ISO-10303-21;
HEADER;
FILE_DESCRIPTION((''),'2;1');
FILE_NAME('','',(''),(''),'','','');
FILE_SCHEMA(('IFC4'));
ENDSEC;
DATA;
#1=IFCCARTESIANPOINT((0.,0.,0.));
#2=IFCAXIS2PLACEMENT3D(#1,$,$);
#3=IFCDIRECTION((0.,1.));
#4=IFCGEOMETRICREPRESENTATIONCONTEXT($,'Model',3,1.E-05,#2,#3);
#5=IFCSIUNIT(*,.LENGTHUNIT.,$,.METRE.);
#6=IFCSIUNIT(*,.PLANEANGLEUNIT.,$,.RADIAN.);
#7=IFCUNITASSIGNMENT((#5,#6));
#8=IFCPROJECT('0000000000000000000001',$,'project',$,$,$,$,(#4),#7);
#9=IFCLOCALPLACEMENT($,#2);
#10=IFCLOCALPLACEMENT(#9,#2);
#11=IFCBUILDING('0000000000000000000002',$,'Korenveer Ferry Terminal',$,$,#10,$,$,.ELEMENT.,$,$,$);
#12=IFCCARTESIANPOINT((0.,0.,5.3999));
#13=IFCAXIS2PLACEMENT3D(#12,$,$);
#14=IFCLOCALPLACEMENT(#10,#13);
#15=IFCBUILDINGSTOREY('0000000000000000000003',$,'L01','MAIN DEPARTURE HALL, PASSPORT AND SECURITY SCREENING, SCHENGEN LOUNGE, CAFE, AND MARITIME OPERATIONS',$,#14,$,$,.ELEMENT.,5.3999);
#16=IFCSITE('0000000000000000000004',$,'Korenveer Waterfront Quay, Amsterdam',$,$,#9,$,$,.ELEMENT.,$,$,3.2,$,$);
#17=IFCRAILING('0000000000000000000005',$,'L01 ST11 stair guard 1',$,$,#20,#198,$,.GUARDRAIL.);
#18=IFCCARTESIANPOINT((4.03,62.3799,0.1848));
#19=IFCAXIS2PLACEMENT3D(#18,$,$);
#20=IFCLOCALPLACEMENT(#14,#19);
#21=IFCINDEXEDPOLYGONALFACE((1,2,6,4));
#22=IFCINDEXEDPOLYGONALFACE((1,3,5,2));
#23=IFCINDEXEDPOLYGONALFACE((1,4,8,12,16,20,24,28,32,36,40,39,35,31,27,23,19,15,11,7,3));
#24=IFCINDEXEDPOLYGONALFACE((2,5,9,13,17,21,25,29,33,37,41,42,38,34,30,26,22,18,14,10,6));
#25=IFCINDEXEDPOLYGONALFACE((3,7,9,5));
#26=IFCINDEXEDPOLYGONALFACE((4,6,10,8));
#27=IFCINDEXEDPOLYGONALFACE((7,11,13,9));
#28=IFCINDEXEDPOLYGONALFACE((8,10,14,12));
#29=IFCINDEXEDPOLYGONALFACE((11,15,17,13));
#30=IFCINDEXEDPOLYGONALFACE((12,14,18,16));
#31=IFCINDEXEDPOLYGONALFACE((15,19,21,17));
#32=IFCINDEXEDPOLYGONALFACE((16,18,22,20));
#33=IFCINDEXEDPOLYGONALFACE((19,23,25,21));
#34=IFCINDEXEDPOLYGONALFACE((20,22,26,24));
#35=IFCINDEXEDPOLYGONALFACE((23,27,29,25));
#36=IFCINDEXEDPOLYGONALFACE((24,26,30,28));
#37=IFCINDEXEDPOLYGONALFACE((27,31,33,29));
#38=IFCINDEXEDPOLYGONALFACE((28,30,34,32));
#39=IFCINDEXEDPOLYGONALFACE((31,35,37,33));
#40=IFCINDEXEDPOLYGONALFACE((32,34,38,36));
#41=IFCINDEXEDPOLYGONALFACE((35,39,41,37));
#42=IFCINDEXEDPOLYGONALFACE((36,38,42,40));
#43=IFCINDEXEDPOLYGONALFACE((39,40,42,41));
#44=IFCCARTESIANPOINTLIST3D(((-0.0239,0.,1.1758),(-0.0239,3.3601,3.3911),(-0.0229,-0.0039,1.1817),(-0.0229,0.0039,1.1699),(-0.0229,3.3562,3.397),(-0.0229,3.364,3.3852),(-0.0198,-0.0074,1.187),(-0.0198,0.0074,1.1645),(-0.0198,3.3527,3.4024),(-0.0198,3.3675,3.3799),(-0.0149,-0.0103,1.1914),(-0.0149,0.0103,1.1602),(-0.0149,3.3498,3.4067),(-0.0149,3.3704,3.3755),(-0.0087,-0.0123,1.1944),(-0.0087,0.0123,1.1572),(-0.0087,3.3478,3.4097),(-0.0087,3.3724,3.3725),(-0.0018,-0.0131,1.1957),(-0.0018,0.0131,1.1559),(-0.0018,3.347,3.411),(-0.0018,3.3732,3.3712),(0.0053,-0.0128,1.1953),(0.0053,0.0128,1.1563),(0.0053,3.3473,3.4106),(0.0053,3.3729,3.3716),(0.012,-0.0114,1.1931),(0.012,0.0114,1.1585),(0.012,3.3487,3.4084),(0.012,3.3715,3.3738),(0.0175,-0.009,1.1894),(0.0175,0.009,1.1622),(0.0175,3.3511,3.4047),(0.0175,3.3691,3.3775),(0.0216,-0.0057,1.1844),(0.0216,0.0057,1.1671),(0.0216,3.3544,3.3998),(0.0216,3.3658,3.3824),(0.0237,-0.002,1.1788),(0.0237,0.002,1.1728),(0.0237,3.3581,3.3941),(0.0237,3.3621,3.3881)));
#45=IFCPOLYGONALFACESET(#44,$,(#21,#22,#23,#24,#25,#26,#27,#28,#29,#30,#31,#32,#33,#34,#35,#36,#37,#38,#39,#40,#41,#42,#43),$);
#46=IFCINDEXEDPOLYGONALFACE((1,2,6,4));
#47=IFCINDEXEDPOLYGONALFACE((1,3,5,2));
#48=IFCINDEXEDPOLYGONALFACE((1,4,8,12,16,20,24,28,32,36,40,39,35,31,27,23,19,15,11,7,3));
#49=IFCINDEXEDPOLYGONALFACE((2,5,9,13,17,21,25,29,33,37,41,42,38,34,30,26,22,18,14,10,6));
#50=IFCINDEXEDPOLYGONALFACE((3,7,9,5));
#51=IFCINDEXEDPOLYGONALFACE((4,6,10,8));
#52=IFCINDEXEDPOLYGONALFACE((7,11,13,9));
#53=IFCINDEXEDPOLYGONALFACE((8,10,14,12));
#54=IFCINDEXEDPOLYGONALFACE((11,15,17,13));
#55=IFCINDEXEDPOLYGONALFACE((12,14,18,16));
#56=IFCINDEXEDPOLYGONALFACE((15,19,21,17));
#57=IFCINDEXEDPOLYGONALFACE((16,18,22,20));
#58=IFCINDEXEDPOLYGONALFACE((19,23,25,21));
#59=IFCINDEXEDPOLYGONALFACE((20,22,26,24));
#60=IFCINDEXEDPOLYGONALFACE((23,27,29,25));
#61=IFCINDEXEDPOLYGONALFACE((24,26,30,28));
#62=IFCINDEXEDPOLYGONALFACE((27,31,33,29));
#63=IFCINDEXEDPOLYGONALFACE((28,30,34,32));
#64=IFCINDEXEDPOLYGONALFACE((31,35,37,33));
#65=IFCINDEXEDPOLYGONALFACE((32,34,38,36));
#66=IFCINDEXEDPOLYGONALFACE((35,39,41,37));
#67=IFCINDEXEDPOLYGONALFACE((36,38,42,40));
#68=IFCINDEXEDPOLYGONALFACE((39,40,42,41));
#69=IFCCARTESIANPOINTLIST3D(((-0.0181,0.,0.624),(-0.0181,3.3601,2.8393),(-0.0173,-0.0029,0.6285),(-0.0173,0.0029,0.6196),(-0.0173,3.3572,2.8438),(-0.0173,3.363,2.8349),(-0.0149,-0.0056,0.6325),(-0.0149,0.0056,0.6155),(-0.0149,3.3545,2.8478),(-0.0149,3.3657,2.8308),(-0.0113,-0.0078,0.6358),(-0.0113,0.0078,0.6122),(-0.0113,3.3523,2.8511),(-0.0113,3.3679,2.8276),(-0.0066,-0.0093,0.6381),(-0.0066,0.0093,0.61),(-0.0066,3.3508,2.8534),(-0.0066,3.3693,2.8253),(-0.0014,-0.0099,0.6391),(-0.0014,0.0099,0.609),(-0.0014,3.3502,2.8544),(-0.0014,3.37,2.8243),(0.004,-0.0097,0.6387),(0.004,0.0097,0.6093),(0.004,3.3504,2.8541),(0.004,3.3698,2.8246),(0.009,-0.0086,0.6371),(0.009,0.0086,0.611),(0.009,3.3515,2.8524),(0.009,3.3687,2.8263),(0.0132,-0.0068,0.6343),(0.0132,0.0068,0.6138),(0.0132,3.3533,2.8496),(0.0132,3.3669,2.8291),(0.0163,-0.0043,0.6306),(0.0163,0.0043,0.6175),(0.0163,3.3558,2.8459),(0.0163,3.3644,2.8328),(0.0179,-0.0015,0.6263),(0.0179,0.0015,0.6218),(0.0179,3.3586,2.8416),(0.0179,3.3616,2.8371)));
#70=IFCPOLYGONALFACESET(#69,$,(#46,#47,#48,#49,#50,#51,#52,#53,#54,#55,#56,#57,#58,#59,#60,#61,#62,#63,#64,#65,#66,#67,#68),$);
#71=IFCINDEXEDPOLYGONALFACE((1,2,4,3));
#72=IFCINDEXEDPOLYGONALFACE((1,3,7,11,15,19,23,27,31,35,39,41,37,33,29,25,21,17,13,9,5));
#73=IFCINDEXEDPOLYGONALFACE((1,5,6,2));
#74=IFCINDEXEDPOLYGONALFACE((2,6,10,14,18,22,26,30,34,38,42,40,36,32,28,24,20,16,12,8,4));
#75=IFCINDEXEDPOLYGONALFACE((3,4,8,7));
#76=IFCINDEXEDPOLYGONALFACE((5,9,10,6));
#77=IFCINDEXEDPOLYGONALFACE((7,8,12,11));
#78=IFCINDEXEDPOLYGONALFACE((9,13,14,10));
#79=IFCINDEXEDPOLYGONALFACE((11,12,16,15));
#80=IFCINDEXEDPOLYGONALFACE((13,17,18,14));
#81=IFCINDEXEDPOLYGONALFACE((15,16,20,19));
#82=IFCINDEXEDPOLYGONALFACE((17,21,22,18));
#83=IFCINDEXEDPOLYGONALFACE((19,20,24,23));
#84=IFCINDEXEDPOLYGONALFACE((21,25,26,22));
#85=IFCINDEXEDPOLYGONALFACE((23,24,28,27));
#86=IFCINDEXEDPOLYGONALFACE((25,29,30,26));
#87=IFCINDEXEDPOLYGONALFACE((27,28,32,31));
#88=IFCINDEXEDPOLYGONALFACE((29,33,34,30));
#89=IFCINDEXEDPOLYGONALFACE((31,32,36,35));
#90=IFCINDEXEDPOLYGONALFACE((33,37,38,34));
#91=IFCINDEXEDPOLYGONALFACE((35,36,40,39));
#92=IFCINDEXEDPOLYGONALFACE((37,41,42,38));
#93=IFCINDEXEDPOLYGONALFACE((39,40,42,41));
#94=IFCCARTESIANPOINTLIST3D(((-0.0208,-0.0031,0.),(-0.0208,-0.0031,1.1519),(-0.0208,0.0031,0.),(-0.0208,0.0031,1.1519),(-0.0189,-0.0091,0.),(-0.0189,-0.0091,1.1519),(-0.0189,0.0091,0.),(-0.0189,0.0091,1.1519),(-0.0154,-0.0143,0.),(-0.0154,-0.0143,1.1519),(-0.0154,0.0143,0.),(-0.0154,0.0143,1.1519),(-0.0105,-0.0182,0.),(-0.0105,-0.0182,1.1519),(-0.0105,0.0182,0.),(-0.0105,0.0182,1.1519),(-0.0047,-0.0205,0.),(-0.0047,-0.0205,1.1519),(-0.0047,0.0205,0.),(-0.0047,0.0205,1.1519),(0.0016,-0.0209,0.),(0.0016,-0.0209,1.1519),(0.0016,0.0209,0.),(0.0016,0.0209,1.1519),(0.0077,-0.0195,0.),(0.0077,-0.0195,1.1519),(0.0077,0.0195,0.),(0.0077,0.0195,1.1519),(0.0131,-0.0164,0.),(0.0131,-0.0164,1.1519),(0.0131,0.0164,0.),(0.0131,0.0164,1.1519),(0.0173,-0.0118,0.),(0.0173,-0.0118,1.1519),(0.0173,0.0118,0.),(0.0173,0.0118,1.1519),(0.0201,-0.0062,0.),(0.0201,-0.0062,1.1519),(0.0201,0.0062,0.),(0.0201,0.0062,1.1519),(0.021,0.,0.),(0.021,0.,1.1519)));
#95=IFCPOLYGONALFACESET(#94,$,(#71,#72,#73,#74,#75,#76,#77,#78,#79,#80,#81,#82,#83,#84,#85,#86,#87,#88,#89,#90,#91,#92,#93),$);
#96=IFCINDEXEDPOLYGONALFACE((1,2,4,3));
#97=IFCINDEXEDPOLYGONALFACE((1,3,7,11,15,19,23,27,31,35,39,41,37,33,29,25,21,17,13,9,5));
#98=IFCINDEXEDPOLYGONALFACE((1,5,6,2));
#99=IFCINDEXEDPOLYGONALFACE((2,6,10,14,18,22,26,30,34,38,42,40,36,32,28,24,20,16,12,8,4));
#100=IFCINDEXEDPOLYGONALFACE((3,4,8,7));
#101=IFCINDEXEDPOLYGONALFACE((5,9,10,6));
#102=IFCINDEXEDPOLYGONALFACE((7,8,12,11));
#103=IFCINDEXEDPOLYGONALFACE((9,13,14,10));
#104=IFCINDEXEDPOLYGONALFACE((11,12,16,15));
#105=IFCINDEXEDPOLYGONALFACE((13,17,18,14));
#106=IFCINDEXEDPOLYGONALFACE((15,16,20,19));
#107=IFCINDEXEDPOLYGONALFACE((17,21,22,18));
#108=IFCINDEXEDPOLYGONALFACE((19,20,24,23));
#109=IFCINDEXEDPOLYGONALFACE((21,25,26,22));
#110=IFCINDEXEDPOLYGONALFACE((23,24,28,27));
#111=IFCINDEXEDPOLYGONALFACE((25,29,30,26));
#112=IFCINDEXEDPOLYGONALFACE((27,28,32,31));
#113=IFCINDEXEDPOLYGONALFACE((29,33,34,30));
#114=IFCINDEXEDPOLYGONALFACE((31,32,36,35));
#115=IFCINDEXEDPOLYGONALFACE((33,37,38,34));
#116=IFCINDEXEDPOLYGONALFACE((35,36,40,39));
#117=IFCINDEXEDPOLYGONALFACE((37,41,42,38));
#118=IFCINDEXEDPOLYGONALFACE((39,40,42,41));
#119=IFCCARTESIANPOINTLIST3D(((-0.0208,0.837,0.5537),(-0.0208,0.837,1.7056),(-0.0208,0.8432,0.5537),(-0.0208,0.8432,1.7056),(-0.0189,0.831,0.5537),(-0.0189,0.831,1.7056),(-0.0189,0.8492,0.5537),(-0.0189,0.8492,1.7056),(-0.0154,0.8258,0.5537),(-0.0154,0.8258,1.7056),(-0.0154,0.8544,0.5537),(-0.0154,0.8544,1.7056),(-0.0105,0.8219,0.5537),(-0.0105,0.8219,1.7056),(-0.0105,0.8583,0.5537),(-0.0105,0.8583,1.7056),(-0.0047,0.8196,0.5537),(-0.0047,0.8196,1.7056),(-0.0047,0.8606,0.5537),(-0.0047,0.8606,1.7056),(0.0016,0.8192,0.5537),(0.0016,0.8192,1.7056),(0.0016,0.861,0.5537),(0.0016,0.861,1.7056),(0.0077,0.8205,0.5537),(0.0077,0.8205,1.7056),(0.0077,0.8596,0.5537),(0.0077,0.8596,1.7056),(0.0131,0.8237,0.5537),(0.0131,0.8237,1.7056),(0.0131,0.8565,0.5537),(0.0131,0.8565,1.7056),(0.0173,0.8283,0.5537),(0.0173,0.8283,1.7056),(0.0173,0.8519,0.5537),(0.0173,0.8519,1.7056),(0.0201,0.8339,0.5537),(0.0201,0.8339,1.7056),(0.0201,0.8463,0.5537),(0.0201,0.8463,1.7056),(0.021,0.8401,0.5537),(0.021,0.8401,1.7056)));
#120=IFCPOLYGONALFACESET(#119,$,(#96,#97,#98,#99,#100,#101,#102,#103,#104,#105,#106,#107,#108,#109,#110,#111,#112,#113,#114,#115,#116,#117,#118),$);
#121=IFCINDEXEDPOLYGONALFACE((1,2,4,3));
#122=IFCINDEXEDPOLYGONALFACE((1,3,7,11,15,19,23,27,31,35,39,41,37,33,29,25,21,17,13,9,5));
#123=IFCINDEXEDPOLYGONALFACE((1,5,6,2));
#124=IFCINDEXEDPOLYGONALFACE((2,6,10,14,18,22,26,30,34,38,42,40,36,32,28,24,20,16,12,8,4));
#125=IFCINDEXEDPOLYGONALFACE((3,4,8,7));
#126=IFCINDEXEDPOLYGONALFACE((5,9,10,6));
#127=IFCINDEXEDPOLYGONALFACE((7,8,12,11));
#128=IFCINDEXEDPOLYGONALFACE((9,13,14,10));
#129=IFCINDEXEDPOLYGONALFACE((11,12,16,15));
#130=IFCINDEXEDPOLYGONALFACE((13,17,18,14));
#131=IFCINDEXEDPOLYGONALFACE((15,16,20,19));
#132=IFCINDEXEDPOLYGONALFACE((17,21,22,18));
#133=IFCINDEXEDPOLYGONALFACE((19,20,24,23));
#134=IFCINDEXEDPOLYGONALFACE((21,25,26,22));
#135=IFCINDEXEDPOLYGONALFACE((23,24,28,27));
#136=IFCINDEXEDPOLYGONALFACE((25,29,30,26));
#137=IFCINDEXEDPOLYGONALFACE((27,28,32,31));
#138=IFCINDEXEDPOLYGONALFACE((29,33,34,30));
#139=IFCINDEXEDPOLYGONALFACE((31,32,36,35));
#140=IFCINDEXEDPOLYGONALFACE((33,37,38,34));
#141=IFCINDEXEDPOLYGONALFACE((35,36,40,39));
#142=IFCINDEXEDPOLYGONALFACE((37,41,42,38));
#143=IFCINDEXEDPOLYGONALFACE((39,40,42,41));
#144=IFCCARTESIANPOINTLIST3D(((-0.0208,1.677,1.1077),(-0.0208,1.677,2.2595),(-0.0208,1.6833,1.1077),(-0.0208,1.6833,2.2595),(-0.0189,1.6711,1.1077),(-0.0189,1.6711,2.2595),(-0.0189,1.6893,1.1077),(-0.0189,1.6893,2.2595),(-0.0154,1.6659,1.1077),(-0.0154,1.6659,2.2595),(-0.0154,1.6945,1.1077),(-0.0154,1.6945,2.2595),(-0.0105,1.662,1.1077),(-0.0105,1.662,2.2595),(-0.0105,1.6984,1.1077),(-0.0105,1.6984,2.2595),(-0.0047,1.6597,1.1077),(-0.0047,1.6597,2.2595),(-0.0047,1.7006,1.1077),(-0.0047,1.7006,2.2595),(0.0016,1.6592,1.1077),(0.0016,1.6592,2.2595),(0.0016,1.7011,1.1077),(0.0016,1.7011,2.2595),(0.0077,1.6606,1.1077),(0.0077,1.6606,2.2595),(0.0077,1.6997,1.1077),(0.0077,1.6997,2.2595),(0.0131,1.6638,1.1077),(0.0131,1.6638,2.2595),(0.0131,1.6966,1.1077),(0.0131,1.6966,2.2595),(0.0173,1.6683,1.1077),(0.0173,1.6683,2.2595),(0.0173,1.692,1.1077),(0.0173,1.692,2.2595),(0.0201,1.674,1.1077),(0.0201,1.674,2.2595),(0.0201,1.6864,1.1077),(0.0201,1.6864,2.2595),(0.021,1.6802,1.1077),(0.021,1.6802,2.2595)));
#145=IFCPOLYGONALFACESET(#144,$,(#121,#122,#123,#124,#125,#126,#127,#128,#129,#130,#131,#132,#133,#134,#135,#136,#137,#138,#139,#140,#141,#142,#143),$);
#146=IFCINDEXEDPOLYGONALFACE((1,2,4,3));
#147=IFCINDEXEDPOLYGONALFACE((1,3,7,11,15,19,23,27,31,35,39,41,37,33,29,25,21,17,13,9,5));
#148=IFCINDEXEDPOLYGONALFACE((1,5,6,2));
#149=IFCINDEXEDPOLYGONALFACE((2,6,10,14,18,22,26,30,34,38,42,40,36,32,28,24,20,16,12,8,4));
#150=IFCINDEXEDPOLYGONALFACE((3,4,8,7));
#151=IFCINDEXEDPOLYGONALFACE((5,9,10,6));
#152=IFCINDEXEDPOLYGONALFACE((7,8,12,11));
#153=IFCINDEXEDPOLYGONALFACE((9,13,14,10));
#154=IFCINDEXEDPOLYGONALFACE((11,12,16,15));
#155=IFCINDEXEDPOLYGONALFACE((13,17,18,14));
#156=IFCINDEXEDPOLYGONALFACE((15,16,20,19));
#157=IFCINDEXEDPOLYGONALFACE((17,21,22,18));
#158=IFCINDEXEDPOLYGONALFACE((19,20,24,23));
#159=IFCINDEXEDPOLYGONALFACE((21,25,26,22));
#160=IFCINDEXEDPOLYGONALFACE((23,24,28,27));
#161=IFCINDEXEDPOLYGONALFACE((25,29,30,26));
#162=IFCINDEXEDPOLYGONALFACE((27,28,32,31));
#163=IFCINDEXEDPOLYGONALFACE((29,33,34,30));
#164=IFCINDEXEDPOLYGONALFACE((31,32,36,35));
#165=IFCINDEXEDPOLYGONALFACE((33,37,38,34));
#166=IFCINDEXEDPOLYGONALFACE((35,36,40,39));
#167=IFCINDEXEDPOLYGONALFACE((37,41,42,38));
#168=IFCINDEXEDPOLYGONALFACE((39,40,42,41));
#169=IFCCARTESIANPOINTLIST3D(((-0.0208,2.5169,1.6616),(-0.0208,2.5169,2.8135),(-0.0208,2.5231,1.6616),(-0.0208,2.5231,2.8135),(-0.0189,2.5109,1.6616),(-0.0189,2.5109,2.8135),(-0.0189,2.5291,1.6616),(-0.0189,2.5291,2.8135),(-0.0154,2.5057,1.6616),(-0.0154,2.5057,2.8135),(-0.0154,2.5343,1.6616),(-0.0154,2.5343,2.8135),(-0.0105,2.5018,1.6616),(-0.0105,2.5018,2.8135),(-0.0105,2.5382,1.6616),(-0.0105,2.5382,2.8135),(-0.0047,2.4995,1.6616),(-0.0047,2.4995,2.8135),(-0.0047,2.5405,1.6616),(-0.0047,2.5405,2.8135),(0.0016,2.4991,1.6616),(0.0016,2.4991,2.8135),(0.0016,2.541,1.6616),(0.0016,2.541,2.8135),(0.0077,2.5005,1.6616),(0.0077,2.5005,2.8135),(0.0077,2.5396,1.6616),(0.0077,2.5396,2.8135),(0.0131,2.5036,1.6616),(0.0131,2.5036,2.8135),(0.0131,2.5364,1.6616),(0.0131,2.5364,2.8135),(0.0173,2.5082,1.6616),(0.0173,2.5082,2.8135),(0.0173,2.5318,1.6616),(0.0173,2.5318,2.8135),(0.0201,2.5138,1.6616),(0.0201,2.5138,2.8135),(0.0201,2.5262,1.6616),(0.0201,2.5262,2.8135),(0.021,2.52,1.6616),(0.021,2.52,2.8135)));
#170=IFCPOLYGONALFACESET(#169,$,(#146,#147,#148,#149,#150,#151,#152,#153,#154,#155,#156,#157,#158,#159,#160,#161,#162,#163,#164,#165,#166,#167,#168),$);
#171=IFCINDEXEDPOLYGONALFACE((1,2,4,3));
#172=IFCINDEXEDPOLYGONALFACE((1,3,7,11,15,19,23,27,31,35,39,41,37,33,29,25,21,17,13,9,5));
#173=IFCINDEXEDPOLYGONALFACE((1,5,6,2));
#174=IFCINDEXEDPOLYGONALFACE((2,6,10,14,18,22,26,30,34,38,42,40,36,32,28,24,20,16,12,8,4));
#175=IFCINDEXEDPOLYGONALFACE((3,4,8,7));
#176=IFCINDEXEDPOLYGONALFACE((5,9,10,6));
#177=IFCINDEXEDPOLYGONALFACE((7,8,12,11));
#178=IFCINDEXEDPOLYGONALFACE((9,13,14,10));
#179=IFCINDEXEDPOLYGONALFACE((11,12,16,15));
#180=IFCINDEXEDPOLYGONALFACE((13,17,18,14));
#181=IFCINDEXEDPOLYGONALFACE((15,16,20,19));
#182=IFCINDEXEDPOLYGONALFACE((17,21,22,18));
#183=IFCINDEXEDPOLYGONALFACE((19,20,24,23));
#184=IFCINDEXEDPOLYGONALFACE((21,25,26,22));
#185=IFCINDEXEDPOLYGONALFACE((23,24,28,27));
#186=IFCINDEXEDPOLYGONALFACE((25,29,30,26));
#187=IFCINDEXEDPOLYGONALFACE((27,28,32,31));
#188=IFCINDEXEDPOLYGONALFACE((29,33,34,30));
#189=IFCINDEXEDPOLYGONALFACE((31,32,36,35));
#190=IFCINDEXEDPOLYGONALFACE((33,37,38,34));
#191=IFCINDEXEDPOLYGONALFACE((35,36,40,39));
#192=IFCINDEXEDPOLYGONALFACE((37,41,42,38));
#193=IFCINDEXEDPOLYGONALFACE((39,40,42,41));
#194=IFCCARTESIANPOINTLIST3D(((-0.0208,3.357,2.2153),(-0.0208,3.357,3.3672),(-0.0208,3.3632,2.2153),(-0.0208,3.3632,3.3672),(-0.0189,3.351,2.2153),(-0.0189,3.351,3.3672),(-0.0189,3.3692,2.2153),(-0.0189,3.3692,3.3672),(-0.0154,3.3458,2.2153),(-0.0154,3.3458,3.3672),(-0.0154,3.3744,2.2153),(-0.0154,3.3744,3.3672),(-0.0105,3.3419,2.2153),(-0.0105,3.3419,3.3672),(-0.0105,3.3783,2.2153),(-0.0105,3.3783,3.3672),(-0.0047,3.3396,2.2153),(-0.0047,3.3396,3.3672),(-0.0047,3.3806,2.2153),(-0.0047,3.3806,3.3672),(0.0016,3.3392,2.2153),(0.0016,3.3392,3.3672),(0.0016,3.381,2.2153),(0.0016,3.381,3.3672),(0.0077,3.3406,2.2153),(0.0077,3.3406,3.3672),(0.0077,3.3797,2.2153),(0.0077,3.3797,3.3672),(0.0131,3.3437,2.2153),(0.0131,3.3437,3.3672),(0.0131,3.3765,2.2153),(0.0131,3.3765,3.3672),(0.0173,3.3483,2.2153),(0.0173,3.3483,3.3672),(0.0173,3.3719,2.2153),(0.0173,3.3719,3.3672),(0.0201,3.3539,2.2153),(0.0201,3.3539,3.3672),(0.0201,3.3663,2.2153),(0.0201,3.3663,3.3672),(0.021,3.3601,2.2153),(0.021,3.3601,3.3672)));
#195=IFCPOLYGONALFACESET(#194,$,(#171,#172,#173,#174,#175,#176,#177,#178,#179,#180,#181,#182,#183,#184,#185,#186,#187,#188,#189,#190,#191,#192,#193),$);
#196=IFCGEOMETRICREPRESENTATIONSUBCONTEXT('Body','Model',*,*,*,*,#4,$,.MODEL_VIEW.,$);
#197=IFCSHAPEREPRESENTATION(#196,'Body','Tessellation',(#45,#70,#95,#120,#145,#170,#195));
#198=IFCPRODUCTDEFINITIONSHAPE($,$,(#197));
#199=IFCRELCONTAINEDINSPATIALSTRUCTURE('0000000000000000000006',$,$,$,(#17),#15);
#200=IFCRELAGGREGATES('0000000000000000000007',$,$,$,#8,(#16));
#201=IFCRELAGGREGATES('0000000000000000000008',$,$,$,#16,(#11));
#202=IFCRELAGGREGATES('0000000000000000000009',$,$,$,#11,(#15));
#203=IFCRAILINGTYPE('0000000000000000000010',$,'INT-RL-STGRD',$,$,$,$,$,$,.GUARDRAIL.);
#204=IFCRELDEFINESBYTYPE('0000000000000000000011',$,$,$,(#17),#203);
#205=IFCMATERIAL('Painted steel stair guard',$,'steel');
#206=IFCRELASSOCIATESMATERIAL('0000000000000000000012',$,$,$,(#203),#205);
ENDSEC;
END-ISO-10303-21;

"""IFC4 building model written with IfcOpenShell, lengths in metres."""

from ifc_helpers import new_model, si_unit, direction, frame, origin, origin_2d, place, context, subcontext, project, spatial, circle, extrude, material, type_object, element, save


model = new_model("IFC4")

# Units and contexts
model_context = context("Model", 3, precision=1e-05, world=origin(), true_north=direction((0.0, 1.0)))
body_context = subcontext(model_context, "Body", "Model", "MODEL_VIEW")
ifc_project = project(units=[si_unit("LENGTHUNIT", "METRE"), si_unit("PLANEANGLEUNIT", "RADIAN")], contexts=[model_context])

# Site, building, storey
site_placement = place(None, origin())
site = spatial("IfcSite", under=ifc_project, at=site_placement, Name="Korenveer Waterfront Quay, Amsterdam", CompositionType="ELEMENT", RefElevation=3.2)
building_placement = place(site_placement, origin())
building = spatial("IfcBuilding", under=site, at=building_placement, Name="Korenveer Ferry Terminal", CompositionType="ELEMENT")
storey_placement = place(building_placement, frame((0.0, 0.0, 5.3999)))
storey = spatial("IfcBuildingStorey", under=building, at=storey_placement, Name="L01", Description="MAIN DEPARTURE HALL, PASSPORT AND SECURITY SCREENING, SCHENGEN LOUNGE, CAFE, AND MARITIME OPERATIONS", CompositionType="ELEMENT", Elevation=5.3999)

# Railing
ifc_material_1 = material(Name="Painted steel stair guard", Category="steel")
railing_type_1 = type_object("IfcRailingType", Name="INT-RL-STGRD", PredefinedType="GUARDRAIL", material=ifc_material_1)
railing_1_placement = place(storey_placement, frame((4.03, 62.3799, 0.1848)))
element("IfcRailing", 1, at=railing_1_placement, inside=storey, type_object=railing_type_1, Name="L01 ST11 stair guard 1", PredefinedType="GUARDRAIL", context=body_context, shape_type="SweptSolid", body=[
    extrude(circle(Radius=0.0239, at=origin_2d()), frame((0.0, 0.0, 1.1758), z_axis=(0.0, 0.834876, 0.550437), x_axis=(-1.0, 0.0, 0.0)), (0.0, 0.0, 1.0), 4.0247),
    extrude(circle(Radius=0.0181, at=origin_2d()), frame((0.0, 0.0, 0.624), z_axis=(0.0, 0.834876, 0.550437), x_axis=(-1.0, 0.0, 0.0)), (0.0, 0.0, 1.0), 4.0247),
    extrude(circle(Radius=0.021, at=origin_2d()), origin(), (0.0, 0.0, 1.0), 1.1519),
    extrude(circle(Radius=0.021, at=origin_2d()), frame((0.0, 0.8401, 0.5537)), (0.0, 0.0, 1.0), 1.1519),
    extrude(circle(Radius=0.021, at=origin_2d()), frame((0.0, 1.6802, 1.1077)), (0.0, 0.0, 1.0), 1.1519),
    extrude(circle(Radius=0.021, at=origin_2d()), frame((0.0, 2.52, 1.6616)), (0.0, 0.0, 1.0), 1.1519),
    extrude(circle(Radius=0.021, at=origin_2d()), frame((0.0, 3.3601, 2.2153)), (0.0, 0.0, 1.0), 1.1519),
])

save(model, "model.ifc")
